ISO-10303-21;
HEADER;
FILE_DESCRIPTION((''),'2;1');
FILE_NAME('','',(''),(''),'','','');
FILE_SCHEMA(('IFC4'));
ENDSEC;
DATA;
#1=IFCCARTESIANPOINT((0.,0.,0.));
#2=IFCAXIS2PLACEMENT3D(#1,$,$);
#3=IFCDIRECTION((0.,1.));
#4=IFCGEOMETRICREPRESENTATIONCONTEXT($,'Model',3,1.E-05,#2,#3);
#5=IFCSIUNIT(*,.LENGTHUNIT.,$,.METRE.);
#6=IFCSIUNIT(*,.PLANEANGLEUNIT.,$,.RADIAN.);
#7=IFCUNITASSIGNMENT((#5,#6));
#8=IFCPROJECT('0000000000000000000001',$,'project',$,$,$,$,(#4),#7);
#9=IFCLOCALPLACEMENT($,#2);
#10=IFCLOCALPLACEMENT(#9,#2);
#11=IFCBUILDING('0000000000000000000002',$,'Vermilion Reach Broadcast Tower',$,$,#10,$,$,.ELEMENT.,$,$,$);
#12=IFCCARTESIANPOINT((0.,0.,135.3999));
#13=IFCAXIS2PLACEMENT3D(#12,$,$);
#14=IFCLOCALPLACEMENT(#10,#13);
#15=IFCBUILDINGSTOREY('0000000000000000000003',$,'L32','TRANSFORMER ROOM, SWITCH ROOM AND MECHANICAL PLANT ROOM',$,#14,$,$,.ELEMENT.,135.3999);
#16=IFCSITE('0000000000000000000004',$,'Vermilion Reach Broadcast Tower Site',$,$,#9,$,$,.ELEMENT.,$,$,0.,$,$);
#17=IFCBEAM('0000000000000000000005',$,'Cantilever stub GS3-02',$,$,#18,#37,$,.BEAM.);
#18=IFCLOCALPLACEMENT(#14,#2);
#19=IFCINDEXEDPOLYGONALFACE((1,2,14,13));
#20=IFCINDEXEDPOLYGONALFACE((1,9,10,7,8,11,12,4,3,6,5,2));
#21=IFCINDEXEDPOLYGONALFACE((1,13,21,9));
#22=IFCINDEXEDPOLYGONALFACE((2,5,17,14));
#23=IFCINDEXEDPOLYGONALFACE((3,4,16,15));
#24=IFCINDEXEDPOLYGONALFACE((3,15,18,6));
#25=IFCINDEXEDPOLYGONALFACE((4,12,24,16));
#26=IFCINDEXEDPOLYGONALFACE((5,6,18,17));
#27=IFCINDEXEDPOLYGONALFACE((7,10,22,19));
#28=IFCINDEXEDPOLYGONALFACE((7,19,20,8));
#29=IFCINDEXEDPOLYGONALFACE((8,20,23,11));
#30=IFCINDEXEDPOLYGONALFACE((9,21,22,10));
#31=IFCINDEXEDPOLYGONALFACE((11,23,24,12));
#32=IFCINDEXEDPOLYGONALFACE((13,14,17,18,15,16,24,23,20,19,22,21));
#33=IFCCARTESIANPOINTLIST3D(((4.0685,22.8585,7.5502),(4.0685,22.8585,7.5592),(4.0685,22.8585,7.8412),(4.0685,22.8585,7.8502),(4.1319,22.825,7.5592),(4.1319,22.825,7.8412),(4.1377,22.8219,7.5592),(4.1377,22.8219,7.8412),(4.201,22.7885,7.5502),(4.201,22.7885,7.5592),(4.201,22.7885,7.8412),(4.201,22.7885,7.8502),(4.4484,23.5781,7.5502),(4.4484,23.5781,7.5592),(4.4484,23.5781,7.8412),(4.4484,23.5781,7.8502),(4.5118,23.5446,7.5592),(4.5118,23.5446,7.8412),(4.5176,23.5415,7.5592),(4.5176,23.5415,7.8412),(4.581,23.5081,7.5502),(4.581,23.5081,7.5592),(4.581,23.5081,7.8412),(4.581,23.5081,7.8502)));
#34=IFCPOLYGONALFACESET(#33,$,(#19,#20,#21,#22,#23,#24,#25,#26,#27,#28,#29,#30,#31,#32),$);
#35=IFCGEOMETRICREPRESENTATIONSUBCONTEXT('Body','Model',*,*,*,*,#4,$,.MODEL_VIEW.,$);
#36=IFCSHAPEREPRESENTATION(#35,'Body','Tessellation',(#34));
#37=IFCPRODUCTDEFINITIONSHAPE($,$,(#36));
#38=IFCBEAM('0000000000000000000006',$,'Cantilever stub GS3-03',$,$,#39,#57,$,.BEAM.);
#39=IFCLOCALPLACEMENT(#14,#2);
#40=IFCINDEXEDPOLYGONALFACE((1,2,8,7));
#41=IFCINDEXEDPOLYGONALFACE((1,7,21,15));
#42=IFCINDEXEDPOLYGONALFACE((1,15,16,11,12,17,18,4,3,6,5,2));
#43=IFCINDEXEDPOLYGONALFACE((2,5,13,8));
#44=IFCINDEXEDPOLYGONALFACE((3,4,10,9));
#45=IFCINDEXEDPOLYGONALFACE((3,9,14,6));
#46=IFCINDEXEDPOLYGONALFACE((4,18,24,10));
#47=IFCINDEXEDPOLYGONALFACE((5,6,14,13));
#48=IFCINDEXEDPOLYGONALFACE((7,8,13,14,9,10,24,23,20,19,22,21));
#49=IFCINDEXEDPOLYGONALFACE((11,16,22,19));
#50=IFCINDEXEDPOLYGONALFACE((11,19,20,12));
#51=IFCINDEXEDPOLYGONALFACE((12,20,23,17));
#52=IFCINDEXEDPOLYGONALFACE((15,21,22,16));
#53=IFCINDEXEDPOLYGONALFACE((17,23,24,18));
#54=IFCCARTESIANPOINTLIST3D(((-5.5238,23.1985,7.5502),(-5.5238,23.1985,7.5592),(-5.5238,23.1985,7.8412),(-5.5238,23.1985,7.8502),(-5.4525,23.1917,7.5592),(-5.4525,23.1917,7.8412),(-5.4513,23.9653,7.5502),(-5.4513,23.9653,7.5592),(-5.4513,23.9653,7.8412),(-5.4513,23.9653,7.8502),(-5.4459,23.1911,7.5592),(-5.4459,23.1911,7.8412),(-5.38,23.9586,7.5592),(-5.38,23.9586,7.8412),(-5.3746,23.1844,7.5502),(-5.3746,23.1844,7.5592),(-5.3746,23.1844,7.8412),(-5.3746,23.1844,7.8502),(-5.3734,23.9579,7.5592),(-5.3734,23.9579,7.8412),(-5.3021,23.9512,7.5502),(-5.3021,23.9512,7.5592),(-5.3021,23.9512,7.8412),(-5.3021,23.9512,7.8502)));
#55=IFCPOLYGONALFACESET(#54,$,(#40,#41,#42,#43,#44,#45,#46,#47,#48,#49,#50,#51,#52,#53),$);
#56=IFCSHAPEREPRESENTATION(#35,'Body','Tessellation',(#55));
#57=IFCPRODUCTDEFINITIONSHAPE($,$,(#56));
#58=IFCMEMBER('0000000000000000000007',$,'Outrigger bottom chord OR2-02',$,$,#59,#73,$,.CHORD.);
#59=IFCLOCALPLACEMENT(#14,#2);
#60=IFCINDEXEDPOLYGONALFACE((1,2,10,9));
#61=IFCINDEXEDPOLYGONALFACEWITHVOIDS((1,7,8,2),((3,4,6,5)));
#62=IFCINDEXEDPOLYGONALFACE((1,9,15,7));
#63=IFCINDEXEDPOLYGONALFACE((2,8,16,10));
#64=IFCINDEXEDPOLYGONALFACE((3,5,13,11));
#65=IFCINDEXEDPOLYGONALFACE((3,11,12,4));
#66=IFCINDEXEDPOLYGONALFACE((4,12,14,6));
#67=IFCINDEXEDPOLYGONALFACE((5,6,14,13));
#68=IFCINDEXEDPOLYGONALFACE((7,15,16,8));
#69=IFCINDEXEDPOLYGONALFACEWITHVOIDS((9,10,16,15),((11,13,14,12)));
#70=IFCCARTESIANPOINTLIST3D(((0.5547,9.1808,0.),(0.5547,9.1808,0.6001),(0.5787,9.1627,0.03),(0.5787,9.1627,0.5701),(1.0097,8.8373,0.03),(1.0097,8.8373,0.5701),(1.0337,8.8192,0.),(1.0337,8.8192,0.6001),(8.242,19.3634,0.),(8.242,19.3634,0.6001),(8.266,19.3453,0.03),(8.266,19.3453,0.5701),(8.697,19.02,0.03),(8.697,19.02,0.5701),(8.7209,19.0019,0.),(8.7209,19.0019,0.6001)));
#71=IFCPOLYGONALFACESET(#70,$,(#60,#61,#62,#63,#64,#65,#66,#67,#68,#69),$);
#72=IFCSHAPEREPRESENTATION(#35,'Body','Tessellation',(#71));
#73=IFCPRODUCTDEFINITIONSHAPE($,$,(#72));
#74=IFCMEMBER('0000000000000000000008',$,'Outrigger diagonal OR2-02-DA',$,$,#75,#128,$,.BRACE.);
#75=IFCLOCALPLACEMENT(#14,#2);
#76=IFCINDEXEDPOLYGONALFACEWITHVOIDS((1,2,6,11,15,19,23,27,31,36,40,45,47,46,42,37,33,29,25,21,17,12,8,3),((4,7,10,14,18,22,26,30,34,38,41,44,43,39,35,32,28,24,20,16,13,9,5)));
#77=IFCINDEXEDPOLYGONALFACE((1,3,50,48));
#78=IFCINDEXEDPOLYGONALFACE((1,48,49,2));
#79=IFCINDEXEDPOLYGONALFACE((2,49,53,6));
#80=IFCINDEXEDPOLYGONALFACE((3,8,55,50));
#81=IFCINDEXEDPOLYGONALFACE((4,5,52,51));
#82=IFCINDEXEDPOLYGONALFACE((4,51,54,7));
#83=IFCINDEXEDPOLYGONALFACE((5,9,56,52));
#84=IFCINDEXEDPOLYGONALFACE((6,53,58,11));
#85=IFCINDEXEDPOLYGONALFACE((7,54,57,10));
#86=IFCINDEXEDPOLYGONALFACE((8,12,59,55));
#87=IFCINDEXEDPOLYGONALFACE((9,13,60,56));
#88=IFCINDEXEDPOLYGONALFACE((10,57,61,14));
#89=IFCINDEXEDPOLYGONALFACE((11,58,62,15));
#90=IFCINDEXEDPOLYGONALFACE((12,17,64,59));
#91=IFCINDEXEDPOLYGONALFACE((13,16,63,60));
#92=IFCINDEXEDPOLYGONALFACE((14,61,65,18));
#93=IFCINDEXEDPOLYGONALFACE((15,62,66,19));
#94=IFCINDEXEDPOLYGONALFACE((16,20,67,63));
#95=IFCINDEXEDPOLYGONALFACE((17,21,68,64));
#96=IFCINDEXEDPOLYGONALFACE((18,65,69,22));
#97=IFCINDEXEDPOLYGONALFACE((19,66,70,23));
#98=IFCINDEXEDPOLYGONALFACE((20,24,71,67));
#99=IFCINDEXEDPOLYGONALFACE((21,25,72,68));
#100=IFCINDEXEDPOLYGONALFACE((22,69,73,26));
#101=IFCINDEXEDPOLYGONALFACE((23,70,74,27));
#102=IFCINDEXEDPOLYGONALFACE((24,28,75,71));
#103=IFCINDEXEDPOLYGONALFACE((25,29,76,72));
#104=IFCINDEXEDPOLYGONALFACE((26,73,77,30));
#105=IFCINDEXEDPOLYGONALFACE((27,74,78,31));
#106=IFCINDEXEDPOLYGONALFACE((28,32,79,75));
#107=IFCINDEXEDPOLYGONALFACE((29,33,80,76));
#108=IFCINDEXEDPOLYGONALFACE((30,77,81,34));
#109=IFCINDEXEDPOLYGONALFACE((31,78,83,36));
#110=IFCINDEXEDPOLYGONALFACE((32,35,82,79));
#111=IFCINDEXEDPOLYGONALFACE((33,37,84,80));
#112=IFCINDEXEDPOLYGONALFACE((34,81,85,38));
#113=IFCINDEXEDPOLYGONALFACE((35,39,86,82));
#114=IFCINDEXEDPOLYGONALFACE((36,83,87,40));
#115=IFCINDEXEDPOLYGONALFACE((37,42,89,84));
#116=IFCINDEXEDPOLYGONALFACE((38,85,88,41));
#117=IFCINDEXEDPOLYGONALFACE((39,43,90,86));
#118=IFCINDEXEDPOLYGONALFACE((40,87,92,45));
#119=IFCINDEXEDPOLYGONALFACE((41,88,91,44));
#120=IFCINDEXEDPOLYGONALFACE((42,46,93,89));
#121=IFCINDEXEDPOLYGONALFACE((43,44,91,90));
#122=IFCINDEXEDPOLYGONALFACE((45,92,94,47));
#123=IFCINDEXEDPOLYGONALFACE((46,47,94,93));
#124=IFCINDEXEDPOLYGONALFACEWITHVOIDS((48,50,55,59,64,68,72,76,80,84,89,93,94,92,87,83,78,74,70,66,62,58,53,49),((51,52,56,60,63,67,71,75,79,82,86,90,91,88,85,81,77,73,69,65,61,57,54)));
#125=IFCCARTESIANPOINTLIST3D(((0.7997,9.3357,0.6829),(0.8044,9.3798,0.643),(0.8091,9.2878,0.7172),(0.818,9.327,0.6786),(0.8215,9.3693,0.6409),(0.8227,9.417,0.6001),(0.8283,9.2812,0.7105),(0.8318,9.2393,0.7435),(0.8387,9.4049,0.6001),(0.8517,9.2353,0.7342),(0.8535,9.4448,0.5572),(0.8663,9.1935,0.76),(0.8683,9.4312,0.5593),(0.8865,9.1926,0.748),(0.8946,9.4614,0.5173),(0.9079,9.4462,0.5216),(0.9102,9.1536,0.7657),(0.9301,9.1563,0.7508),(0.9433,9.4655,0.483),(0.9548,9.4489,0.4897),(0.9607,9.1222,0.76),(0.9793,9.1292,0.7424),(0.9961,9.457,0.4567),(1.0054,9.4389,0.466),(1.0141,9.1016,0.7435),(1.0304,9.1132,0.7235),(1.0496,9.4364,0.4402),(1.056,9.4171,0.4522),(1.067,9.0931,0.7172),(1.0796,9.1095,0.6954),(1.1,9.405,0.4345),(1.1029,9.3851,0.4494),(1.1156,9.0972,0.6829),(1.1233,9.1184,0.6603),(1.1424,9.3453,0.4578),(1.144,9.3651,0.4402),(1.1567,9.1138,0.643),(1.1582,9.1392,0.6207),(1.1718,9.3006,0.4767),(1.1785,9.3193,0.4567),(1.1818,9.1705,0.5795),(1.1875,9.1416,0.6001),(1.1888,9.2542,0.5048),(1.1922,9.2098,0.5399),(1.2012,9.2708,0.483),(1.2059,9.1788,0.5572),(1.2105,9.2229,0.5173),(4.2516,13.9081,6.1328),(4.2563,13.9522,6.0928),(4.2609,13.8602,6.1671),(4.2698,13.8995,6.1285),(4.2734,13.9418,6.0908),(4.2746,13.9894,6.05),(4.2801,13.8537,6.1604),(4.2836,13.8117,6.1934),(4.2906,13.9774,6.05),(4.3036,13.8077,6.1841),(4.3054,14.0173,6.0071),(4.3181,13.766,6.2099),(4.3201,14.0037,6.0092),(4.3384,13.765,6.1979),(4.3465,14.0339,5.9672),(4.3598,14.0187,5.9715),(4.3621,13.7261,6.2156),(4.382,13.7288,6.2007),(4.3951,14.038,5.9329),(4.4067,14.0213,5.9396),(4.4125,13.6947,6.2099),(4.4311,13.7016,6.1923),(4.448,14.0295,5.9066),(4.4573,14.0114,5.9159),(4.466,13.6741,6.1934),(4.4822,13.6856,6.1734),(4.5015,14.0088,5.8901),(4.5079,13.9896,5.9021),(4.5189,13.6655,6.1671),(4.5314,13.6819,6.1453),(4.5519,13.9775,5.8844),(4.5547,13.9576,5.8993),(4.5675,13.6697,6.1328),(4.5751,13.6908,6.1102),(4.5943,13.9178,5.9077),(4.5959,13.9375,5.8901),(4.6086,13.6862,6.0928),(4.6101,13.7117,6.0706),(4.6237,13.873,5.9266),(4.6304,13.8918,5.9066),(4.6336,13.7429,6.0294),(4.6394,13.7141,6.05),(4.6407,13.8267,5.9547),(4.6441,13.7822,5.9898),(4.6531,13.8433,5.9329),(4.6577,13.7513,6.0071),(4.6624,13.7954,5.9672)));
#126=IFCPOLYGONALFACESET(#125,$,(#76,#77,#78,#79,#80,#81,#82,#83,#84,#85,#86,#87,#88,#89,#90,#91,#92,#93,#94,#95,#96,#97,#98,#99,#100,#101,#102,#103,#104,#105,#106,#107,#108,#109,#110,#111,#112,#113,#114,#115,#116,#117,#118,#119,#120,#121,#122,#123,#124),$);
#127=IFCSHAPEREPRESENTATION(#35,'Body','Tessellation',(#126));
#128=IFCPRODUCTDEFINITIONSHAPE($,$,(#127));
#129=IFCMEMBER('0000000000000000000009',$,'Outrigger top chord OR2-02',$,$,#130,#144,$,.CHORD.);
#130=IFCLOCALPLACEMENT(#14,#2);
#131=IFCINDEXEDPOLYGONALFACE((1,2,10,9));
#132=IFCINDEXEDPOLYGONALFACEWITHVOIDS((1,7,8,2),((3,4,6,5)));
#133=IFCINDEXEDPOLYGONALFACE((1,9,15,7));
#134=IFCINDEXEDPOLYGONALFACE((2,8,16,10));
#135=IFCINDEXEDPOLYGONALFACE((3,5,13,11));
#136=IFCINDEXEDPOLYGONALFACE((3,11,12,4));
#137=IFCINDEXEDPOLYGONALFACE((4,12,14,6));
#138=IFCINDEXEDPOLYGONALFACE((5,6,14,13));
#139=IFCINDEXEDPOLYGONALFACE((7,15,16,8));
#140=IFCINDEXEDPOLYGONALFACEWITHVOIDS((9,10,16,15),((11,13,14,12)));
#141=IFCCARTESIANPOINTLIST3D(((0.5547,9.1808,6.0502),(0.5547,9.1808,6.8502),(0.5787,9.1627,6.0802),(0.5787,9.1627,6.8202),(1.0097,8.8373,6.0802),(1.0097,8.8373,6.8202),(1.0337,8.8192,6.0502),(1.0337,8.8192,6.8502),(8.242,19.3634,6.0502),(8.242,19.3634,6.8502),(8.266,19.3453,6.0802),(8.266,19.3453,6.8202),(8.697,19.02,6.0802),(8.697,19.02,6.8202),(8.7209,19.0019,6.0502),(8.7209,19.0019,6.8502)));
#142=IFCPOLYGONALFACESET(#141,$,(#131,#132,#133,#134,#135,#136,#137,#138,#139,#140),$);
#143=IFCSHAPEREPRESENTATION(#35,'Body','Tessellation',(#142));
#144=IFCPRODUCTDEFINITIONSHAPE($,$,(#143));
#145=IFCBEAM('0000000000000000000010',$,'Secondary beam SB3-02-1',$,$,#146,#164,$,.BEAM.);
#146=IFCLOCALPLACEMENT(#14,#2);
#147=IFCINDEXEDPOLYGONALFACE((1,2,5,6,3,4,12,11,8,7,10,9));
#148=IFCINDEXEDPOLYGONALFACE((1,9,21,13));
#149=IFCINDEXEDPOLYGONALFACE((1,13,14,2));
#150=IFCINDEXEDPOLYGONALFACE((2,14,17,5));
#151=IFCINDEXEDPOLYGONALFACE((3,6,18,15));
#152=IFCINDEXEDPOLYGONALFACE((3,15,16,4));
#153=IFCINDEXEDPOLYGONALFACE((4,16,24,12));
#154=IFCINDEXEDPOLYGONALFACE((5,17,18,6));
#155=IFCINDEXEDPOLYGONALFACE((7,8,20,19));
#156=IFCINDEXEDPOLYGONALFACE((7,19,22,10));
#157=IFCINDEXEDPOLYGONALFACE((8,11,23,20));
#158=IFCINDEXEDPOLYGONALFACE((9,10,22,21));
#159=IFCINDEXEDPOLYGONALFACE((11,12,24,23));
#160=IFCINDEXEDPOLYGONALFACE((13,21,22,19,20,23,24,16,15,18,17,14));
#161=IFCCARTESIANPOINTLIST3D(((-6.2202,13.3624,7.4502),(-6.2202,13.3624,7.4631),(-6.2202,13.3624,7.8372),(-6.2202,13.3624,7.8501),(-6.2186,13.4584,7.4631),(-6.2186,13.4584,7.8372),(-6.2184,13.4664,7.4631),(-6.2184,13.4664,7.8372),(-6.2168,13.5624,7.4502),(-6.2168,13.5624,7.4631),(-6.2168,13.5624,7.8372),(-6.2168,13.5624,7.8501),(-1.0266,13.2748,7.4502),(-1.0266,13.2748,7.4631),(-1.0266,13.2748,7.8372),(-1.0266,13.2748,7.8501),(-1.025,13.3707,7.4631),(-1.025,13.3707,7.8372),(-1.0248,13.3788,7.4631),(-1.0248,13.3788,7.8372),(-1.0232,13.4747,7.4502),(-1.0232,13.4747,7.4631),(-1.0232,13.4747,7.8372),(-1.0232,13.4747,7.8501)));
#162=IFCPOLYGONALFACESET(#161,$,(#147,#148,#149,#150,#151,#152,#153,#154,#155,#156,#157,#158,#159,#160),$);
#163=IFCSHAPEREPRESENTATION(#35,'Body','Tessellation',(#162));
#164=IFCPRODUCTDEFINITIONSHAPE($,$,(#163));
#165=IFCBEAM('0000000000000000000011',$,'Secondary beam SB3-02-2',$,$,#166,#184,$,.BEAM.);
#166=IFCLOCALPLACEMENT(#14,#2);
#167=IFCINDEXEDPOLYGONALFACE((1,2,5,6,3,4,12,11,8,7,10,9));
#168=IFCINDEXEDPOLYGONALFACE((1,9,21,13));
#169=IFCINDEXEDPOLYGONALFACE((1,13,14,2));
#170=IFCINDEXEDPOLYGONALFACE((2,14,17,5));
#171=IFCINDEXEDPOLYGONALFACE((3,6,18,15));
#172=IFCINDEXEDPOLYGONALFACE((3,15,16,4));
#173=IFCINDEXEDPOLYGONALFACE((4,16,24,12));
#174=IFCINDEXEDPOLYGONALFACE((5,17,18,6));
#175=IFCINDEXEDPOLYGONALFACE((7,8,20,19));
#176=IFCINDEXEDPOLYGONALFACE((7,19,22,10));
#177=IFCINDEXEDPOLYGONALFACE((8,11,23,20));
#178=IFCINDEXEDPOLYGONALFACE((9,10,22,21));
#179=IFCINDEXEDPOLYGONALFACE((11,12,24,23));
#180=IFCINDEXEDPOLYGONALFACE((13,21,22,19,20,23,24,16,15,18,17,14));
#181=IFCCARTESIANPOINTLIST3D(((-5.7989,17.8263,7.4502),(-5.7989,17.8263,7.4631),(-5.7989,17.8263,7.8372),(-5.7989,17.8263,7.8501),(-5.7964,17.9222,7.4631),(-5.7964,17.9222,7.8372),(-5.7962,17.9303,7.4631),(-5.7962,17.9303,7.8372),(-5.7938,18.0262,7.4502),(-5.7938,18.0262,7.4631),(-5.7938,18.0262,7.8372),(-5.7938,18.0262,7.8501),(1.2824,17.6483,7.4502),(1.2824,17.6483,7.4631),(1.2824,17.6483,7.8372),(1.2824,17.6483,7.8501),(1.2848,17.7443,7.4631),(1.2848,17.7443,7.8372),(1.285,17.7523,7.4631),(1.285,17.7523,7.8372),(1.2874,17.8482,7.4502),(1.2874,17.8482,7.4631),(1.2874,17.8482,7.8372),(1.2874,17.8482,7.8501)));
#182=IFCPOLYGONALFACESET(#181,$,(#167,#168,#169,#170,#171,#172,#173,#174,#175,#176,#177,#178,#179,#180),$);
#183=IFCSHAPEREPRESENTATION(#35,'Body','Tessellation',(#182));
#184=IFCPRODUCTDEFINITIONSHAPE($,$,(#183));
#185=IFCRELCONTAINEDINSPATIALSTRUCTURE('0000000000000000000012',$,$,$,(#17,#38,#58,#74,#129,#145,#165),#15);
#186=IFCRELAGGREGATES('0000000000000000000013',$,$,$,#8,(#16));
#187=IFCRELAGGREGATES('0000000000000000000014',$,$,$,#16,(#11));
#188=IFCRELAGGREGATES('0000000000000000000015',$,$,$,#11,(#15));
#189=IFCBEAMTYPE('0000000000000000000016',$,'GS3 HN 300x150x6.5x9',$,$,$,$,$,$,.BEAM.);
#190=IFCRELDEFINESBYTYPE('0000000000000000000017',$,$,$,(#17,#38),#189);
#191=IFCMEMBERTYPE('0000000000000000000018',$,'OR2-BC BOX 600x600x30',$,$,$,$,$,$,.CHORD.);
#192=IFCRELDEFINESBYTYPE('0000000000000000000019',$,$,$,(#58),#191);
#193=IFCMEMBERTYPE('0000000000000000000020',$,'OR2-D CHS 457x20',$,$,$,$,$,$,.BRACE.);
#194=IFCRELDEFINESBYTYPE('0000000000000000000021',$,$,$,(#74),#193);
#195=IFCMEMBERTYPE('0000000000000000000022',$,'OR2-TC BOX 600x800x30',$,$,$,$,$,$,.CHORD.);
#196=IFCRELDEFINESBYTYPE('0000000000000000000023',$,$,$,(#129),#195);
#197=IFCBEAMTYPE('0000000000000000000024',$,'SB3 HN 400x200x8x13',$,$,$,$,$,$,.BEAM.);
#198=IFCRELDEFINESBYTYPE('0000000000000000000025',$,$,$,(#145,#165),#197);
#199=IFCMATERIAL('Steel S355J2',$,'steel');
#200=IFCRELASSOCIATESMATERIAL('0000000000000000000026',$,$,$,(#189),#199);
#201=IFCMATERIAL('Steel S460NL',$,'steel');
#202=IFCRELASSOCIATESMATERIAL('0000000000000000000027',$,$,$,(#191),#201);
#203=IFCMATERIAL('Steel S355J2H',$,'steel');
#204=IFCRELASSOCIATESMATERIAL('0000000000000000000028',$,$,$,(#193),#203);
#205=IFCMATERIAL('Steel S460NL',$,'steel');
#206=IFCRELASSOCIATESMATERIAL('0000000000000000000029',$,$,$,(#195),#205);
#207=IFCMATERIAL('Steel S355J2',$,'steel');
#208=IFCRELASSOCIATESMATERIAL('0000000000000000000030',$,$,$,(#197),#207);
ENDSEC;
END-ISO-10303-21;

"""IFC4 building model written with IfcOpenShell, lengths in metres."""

from ifc_helpers import new_model, si_unit, direction, frame, origin, origin_2d, place, context, subcontext, project, spatial, hollow_rectangle, hollow_circle, i_section, extrude, material, material_profile, profile_set, type_object, element, save


model = new_model("IFC4")

# Units and contexts
model_context = context("Model", 3, precision=1e-05, world=origin(), true_north=direction((0.0, 1.0)))
body_context = subcontext(model_context, "Body", "Model", "MODEL_VIEW")
ifc_project = project(units=[si_unit("LENGTHUNIT", "METRE"), si_unit("PLANEANGLEUNIT", "RADIAN")], contexts=[model_context])

# Site, building, storey
site_placement = place(None, origin())
site = spatial("IfcSite", under=ifc_project, at=site_placement, Name="Vermilion Reach Broadcast Tower Site", CompositionType="ELEMENT", RefElevation=0.0)
building_placement = place(site_placement, origin())
building = spatial("IfcBuilding", under=site, at=building_placement, Name="Vermilion Reach Broadcast Tower", CompositionType="ELEMENT")
storey_placement = place(building_placement, frame((0.0, 0.0, 135.3999)))
storey = spatial("IfcBuildingStorey", under=building, at=storey_placement, Name="L32", Description="TRANSFORMER ROOM, SWITCH ROOM AND MECHANICAL PLANT ROOM", CompositionType="ELEMENT", Elevation=135.3999)

# Beams
ifc_material_1 = material(Name="Steel S355J2", Category="steel")
ifc_material_profile_1 = material_profile(ifc_material_1, i_section(OverallWidth=0.1499, OverallDepth=0.3, WebThickness=0.0066, FlangeThickness=0.009, at=origin_2d()), Name="S355J2 HN 300x150x6.5x9")
ifc_profile_set_1 = profile_set([ifc_material_profile_1], Name="Steel S355J2")
beam_type_1 = type_object("IfcBeamType", Name="GS3 HN 300x150x6.5x9", PredefinedType="BEAM", material=ifc_profile_set_1)
beam_1_placement = place(storey_placement, frame((4.1348, 22.8235, 7.7002), z_axis=(0.466909, 0.884306, 0.0), x_axis=(-0.884306, 0.466909, 0.0)))
element("IfcBeam", 1, at=beam_1_placement, inside=storey, type_object=beam_type_1, Name="Cantilever stub GS3-02", PredefinedType="BEAM", context=body_context, shape_type="SweptSolid", body=[
    extrude(i_section(OverallWidth=0.1499, OverallDepth=0.3, WebThickness=0.0066, FlangeThickness=0.009, at=origin_2d()), origin(), (0.0, 0.0, 1.0), 0.8137),
])
beam_2_placement = place(storey_placement, frame((-5.4492, 23.1914, 7.7002), z_axis=(0.094136, 0.995559, 0.0), x_axis=(-0.995559, 0.094136, 0.0)))
element("IfcBeam", 2, at=beam_2_placement, inside=storey, type_object=beam_type_1, Name="Cantilever stub GS3-03", PredefinedType="BEAM", context=body_context, shape_type="SweptSolid", body=[
    extrude(i_section(OverallWidth=0.1499, OverallDepth=0.3, WebThickness=0.0066, FlangeThickness=0.009, at=origin_2d()), origin(), (0.0, 0.0, 1.0), 0.7703),
])

# Members
ifc_material_2 = material(Name="Steel S460NL", Category="steel")
ifc_material_profile_2 = material_profile(ifc_material_2, hollow_rectangle(XDim=0.6001, YDim=0.6001, WallThickness=0.03, at=origin_2d()), Name="S460NL BOX 600x600x30")
ifc_profile_set_2 = profile_set([ifc_material_profile_2], Name="Steel S460NL")
member_type_1 = type_object("IfcMemberType", Name="OR2-BC BOX 600x600x30", PredefinedType="CHORD", material=ifc_profile_set_2)
member_1_placement = place(storey_placement, frame((0.7942, 9.0, 0.3), z_axis=(0.60252, 0.798104, 0.0), x_axis=(-0.798104, 0.60252, 0.0)))
element("IfcMember", 3, at=member_1_placement, inside=storey, type_object=member_type_1, Name="Outrigger bottom chord OR2-02", PredefinedType="CHORD", context=body_context, shape_type="SweptSolid", body=[
    extrude(hollow_rectangle(XDim=0.6001, YDim=0.6001, WallThickness=0.03, at=origin_2d()), origin(), (0.0, 0.0, 1.0), 12.7585),
])
ifc_material_3 = material(Name="Steel S355J2H", Category="steel")
ifc_material_profile_3 = material_profile(ifc_material_3, hollow_circle(Radius=0.2285, WallThickness=0.02, at=origin_2d()), Name="S355J2H CHS 457x20")
ifc_profile_set_3 = profile_set([ifc_material_profile_3], Name="Steel S355J2H")
member_type_2 = type_object("IfcMemberType", Name="OR2-D CHS 457x20", PredefinedType="BRACE", material=ifc_profile_set_3)
member_2_placement = place(storey_placement, frame((1.0051, 9.2793, 0.6001), z_axis=(0.436546, 0.578264, 0.68923), x_axis=(-0.798109, 0.602513, 0.0)))
element("IfcMember", 4, at=member_2_placement, inside=storey, type_object=member_type_2, Name="Outrigger diagonal OR2-02-DA", PredefinedType="BRACE", context=body_context, shape_type="SweptSolid", body=[
    extrude(hollow_circle(Radius=0.2285, WallThickness=0.02, at=origin_2d()), origin(), (0.0, 0.0, 1.0), 7.9072),
])
ifc_material_4 = material(Name="Steel S460NL", Category="steel")
ifc_material_profile_4 = material_profile(ifc_material_4, hollow_rectangle(XDim=0.6001, YDim=0.8, WallThickness=0.03, at=origin_2d()), Name="S460NL BOX 600x800x30")
ifc_profile_set_4 = profile_set([ifc_material_profile_4], Name="Steel S460NL")
member_type_3 = type_object("IfcMemberType", Name="OR2-TC BOX 600x800x30", PredefinedType="CHORD", material=ifc_profile_set_4)
member_3_placement = place(storey_placement, frame((0.7942, 9.0, 6.4502), z_axis=(0.60252, 0.798104, 0.0), x_axis=(-0.798104, 0.60252, 0.0)))
element("IfcMember", 5, at=member_3_placement, inside=storey, type_object=member_type_3, Name="Outrigger top chord OR2-02", PredefinedType="CHORD", context=body_context, shape_type="SweptSolid", body=[
    extrude(hollow_rectangle(XDim=0.6001, YDim=0.8, WallThickness=0.03, at=origin_2d()), origin(), (0.0, 0.0, 1.0), 12.7585),
])

# Beams
ifc_material_5 = material(Name="Steel S355J2", Category="steel")
ifc_material_profile_5 = material_profile(ifc_material_5, i_section(OverallWidth=0.2, OverallDepth=0.3999, WebThickness=0.0081, FlangeThickness=0.0129, at=origin_2d()), Name="S355J2 HN 400x200x8x13")
ifc_profile_set_5 = profile_set([ifc_material_profile_5], Name="Steel S355J2")
beam_type_2 = type_object("IfcBeamType", Name="SB3 HN 400x200x8x13", PredefinedType="BEAM", material=ifc_profile_set_5)
beam_3_placement = place(storey_placement, frame((-1.0249, 13.3748, 7.6501), z_axis=(-0.999858, 0.016873, 0.0), x_axis=(-0.016873, -0.999858, 0.0)))
element("IfcBeam", 6, at=beam_3_placement, inside=storey, type_object=beam_type_2, Name="Secondary beam SB3-02-1", PredefinedType="BEAM", context=body_context, shape_type="SweptSolid", body=[
    extrude(i_section(OverallWidth=0.2, OverallDepth=0.3999, WebThickness=0.0081, FlangeThickness=0.0129, at=origin_2d()), origin(), (0.0, 0.0, 1.0), 5.1943),
])
beam_4_placement = place(storey_placement, frame((1.2849, 17.7483, 7.6501), z_axis=(-0.999684, 0.025126, 0.0), x_axis=(-0.025126, -0.999684, 0.0)))
element("IfcBeam", 7, at=beam_4_placement, inside=storey, type_object=beam_type_2, Name="Secondary beam SB3-02-2", PredefinedType="BEAM", context=body_context, shape_type="SweptSolid", body=[
    extrude(i_section(OverallWidth=0.2, OverallDepth=0.3999, WebThickness=0.0081, FlangeThickness=0.0129, at=origin_2d()), origin(), (0.0, 0.0, 1.0), 7.0835),
])

save(model, "model.ifc")
